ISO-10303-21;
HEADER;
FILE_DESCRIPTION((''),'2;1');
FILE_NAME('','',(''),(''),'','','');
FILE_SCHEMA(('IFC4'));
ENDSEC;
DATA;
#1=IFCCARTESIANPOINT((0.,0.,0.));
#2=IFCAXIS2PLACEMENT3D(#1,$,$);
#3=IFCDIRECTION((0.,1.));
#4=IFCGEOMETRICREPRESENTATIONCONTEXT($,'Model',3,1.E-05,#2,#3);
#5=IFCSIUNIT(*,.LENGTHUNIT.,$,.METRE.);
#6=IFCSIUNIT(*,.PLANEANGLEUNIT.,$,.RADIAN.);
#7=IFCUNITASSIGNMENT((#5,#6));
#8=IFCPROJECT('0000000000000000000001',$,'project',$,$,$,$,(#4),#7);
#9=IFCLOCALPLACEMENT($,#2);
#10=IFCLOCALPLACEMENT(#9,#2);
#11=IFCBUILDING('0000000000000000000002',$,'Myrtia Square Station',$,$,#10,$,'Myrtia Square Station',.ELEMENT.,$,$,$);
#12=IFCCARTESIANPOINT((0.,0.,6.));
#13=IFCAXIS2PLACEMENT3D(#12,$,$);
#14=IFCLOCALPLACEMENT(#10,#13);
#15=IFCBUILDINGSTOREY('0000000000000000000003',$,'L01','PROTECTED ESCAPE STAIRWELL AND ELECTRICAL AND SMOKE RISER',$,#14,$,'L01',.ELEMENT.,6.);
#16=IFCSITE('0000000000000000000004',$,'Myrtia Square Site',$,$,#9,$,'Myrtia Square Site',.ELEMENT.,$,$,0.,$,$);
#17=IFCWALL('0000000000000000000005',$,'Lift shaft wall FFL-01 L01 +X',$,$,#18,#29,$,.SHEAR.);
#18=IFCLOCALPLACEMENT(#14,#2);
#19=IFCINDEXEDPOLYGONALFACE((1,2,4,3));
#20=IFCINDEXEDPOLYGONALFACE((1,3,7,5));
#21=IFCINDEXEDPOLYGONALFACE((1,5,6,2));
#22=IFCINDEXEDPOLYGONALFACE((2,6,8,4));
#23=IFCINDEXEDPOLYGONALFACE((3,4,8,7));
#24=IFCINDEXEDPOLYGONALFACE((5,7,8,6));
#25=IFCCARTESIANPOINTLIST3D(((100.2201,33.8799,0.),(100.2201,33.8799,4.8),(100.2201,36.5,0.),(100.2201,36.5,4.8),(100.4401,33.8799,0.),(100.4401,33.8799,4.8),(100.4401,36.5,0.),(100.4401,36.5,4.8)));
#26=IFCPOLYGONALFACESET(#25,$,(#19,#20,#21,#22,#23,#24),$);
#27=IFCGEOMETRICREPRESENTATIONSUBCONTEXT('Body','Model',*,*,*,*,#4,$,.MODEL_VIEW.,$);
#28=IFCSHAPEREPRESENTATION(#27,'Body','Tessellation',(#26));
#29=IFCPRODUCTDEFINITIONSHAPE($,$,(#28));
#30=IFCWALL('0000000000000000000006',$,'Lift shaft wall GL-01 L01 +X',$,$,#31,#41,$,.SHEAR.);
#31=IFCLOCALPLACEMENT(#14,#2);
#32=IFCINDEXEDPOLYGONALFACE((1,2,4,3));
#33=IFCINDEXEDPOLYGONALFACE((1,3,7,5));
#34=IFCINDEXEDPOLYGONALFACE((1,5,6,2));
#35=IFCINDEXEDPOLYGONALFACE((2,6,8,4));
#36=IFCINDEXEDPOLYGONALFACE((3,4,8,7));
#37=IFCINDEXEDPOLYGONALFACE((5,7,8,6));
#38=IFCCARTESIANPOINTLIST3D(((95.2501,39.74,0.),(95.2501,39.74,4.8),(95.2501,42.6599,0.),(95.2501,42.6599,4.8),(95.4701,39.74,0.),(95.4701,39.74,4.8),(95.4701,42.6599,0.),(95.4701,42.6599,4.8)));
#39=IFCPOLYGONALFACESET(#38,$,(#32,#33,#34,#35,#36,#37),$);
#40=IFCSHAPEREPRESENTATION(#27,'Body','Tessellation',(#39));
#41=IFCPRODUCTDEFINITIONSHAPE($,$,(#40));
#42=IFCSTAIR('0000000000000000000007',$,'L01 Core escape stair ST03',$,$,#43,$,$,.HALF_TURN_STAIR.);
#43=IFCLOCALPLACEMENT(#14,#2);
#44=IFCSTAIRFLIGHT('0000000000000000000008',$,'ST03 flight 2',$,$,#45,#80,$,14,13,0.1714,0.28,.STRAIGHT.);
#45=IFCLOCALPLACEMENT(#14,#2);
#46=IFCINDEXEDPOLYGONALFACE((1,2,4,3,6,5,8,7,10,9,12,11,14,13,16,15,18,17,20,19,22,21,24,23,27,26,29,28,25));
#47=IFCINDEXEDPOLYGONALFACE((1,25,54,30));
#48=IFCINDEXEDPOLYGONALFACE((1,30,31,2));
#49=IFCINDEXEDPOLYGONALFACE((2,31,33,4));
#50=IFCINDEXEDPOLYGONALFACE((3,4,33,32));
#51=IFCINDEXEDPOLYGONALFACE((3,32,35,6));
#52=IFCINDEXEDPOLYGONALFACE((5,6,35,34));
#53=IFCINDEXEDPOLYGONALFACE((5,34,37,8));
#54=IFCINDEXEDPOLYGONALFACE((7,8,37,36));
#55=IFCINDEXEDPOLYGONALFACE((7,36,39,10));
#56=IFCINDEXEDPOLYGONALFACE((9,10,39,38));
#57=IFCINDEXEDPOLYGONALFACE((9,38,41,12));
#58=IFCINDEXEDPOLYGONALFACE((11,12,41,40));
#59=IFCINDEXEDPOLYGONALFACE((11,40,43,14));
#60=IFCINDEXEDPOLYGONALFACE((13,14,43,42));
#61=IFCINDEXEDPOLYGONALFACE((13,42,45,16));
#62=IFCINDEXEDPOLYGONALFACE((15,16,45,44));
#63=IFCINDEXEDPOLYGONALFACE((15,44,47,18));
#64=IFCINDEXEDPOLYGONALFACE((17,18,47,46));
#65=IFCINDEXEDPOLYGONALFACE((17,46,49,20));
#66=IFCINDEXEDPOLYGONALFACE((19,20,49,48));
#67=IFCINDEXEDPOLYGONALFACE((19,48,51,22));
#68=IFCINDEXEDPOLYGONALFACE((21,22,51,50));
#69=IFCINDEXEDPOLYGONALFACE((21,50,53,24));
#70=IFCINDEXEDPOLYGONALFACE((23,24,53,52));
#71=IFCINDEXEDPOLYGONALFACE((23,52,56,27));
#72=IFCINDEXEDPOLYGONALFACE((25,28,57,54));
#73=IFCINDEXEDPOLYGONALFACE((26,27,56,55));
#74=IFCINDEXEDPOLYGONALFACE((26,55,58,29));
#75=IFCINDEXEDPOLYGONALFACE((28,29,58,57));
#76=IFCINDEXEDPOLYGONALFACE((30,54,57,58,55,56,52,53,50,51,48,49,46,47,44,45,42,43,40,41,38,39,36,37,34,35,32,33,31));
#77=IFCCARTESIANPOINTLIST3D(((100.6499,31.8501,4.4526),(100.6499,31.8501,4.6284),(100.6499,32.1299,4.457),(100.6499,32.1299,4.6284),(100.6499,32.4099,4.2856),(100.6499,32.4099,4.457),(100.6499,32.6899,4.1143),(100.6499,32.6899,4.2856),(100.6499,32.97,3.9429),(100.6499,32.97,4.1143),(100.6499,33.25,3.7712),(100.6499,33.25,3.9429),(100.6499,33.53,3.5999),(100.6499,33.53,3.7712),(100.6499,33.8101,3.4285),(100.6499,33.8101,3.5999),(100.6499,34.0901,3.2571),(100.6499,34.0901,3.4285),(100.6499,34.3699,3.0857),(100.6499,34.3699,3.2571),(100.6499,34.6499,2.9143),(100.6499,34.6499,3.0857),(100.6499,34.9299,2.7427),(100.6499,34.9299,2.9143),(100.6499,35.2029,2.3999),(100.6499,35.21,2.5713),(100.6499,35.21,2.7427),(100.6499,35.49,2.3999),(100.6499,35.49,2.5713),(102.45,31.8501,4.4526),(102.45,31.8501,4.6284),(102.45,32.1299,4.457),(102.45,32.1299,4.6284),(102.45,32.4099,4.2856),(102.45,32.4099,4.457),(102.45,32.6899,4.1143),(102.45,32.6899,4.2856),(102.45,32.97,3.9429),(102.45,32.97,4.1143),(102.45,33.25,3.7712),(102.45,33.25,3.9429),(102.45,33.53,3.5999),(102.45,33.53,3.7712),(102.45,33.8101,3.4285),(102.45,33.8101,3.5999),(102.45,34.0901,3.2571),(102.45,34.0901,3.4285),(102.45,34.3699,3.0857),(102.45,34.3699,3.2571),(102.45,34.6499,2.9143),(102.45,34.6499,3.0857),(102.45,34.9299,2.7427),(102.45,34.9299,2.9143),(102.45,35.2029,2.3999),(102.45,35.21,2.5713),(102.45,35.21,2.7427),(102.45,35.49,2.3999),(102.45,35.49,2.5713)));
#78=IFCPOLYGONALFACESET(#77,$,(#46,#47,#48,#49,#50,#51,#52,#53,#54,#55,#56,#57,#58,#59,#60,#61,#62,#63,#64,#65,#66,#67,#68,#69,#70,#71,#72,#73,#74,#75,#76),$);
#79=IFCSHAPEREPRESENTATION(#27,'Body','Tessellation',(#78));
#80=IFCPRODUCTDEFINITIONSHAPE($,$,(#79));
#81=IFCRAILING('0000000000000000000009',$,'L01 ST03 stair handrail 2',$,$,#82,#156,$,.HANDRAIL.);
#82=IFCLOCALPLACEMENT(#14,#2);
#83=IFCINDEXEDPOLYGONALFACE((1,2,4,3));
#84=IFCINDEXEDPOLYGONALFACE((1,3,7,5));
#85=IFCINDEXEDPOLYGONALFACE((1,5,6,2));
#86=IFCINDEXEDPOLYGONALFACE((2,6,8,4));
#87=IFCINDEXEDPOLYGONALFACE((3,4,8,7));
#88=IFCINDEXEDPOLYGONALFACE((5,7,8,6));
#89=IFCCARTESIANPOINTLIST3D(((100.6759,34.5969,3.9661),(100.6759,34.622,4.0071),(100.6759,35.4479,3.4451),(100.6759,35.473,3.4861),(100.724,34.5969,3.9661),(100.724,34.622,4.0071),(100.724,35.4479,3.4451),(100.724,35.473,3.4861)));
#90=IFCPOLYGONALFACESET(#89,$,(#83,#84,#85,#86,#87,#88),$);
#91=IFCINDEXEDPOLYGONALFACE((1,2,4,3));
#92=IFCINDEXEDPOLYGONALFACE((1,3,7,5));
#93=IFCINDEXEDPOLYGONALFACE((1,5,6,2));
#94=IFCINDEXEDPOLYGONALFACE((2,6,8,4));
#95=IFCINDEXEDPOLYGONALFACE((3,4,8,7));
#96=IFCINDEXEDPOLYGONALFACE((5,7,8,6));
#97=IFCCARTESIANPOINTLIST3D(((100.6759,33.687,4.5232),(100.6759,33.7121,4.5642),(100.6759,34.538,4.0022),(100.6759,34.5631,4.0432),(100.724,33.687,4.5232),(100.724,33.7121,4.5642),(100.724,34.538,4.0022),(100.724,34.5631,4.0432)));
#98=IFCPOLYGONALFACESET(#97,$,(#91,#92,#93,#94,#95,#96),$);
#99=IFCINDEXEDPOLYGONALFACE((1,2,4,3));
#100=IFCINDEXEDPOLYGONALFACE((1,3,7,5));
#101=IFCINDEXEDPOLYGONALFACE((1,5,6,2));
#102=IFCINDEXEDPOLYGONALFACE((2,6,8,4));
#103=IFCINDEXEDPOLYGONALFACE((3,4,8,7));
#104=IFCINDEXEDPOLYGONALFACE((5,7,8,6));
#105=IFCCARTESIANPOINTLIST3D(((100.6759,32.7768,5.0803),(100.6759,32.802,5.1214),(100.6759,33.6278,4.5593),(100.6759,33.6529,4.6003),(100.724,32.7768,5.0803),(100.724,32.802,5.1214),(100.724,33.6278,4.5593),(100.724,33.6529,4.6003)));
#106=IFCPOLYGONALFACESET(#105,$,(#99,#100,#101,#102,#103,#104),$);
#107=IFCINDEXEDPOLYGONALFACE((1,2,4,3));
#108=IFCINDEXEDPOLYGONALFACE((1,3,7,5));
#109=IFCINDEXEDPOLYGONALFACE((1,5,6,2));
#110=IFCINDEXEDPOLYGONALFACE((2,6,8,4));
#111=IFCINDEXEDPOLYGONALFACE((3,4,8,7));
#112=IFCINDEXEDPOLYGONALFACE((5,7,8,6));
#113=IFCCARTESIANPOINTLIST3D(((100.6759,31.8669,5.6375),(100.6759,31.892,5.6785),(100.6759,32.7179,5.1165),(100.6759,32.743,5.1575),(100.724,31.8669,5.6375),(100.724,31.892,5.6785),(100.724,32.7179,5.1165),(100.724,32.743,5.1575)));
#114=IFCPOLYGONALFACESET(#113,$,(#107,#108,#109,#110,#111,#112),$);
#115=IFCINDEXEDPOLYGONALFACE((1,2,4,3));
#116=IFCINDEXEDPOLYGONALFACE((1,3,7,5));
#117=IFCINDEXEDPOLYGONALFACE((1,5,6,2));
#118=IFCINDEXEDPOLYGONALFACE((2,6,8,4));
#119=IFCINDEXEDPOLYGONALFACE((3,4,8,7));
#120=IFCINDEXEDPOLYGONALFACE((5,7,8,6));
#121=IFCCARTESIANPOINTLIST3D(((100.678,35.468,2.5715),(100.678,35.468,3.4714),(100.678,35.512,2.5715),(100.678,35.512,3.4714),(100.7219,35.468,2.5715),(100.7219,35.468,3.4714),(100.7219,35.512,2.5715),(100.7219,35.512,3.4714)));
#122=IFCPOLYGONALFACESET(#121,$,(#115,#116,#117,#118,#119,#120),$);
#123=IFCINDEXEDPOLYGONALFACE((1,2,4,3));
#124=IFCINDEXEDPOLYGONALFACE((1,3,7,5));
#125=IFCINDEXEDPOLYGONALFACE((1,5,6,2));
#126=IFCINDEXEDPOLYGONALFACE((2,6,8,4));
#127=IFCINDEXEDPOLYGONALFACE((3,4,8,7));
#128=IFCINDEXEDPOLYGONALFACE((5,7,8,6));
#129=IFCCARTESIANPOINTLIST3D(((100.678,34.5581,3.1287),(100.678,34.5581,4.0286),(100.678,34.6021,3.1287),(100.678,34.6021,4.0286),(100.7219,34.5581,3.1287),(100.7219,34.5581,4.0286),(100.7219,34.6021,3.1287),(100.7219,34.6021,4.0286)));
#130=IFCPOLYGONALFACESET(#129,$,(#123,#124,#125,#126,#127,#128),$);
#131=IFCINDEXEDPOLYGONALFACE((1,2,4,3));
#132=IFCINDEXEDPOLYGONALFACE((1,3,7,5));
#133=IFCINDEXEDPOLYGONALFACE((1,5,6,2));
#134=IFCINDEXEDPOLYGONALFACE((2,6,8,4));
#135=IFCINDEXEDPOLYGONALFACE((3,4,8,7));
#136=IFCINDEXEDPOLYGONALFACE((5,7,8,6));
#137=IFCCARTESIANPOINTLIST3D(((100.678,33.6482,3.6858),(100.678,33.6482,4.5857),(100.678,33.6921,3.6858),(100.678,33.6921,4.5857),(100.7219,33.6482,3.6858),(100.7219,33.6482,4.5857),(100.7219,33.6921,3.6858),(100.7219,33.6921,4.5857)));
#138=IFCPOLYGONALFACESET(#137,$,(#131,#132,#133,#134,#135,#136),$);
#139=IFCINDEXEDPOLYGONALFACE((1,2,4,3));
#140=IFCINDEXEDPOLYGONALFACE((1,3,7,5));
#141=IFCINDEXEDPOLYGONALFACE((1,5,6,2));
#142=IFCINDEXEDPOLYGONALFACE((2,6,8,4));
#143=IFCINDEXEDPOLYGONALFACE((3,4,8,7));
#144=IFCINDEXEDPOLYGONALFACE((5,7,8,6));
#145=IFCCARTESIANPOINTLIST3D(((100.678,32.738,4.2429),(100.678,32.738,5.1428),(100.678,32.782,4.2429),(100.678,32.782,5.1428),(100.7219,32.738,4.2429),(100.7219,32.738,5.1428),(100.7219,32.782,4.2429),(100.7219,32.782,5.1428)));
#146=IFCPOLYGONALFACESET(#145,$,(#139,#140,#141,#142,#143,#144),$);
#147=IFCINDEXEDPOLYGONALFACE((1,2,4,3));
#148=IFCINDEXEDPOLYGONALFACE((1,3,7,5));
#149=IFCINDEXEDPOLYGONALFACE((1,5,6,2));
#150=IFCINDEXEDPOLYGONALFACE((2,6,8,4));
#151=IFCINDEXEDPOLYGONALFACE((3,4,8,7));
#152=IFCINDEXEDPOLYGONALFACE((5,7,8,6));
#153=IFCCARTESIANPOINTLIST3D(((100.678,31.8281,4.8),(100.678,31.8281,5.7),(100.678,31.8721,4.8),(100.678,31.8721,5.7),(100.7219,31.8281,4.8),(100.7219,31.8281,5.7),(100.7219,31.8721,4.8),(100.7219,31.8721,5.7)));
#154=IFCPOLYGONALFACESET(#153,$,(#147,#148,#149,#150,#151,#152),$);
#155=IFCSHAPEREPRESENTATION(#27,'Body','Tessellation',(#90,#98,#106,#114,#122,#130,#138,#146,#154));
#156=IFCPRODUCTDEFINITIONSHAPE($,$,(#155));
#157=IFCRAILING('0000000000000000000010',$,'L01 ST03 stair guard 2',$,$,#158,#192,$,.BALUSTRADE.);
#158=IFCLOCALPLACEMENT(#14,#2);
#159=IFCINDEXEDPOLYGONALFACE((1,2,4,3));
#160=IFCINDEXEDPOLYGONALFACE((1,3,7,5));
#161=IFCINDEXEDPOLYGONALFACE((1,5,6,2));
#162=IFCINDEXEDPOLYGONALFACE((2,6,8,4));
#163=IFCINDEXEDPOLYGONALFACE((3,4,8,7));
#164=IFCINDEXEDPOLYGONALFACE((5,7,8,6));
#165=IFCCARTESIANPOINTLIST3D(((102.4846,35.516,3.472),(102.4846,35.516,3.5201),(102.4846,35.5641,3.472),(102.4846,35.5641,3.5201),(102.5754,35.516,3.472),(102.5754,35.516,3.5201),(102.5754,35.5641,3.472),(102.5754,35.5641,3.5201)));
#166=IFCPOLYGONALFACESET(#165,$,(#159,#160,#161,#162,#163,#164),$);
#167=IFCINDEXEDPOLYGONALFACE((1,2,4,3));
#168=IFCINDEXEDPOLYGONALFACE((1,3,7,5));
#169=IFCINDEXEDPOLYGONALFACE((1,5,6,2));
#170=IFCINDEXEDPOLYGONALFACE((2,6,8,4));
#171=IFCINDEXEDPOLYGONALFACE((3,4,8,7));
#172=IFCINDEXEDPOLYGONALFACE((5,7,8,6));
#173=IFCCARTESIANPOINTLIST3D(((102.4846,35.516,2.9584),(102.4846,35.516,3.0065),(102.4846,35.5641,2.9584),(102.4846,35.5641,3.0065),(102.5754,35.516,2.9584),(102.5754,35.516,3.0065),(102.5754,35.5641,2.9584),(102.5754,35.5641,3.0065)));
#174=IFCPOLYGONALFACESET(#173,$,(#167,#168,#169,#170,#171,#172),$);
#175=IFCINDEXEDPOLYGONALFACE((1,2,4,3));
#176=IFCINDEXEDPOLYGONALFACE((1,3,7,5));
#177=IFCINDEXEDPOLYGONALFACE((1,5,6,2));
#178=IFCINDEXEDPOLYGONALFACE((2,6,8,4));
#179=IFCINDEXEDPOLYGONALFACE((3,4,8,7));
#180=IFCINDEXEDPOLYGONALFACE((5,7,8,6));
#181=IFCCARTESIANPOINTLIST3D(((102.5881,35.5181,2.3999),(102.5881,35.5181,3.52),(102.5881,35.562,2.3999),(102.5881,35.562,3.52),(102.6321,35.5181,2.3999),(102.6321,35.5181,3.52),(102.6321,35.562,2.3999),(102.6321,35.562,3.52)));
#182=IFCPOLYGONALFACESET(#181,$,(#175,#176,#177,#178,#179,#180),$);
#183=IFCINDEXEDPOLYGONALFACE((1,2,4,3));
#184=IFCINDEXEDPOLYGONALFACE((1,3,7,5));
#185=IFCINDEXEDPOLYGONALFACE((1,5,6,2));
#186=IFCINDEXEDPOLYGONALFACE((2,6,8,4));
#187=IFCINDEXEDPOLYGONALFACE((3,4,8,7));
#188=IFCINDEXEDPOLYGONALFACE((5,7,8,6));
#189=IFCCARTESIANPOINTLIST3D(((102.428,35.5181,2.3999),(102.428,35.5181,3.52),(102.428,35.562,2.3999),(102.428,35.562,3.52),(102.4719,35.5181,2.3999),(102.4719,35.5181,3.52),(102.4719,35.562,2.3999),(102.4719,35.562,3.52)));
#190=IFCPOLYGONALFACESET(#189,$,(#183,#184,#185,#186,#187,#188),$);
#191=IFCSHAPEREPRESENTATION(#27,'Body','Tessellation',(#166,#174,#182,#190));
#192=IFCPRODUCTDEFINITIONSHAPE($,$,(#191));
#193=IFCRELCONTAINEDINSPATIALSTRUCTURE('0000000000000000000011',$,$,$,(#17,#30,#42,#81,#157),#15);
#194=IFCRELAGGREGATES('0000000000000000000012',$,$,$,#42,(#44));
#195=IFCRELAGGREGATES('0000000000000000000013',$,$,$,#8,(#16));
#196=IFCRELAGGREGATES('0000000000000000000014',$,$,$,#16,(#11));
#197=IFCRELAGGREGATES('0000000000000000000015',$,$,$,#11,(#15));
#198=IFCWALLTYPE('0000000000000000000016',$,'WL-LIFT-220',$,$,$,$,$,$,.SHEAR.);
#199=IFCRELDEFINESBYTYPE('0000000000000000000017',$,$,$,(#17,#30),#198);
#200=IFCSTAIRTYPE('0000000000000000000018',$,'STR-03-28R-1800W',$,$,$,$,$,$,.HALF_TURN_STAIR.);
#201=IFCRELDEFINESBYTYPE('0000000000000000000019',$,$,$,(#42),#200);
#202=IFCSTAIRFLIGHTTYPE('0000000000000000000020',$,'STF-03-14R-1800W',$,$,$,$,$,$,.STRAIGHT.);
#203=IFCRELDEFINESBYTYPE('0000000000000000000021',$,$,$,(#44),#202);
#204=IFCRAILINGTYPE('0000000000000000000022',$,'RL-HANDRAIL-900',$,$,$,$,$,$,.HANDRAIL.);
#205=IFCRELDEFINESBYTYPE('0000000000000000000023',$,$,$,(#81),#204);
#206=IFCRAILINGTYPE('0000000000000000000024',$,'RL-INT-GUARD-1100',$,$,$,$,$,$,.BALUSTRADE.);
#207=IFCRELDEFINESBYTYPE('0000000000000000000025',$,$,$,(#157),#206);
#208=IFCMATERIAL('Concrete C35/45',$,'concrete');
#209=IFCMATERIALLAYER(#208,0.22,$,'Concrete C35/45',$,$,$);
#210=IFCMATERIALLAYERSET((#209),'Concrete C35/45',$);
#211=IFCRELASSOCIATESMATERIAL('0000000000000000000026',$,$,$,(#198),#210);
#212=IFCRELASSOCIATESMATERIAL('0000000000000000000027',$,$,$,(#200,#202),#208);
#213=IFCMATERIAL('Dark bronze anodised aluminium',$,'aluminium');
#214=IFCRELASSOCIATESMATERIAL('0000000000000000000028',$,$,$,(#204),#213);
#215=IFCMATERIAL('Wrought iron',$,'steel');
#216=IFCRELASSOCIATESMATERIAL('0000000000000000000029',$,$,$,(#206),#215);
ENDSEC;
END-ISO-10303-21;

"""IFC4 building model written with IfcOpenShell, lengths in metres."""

from ifc_helpers import new_model, si_unit, direction, frame, frame_2d, origin, origin_2d, place, context, subcontext, project, spatial, polyline, rectangle, outline, extrude, material, layer, layer_set, type_object, element, aggregate, save


model = new_model("IFC4")

# Units and contexts
model_context = context("Model", 3, precision=1e-05, world=origin(), true_north=direction((0.0, 1.0)))
body_context = subcontext(model_context, "Body", "Model", "MODEL_VIEW")
ifc_project = project(units=[si_unit("LENGTHUNIT", "METRE"), si_unit("PLANEANGLEUNIT", "RADIAN")], contexts=[model_context])

# Site, building, storey
site_placement = place(None, origin())
site = spatial("IfcSite", under=ifc_project, at=site_placement, Name="Myrtia Square Site", LongName="Myrtia Square Site", CompositionType="ELEMENT", RefElevation=0.0)
building_placement = place(site_placement, origin())
building = spatial("IfcBuilding", under=site, at=building_placement, Name="Myrtia Square Station", LongName="Myrtia Square Station", CompositionType="ELEMENT")
storey_placement = place(building_placement, frame((0.0, 0.0, 6.0)))
storey = spatial("IfcBuildingStorey", under=building, at=storey_placement, Name="L01", Description="PROTECTED ESCAPE STAIRWELL AND ELECTRICAL AND SMOKE RISER", LongName="L01", CompositionType="ELEMENT", Elevation=6.0)

# Shared definitions
ifc_material_1 = material(Name="Dark bronze anodised aluminium", Category="aluminium")

# Walls
ifc_material_2 = material(Name="Concrete C35/45", Category="concrete")
ifc_layer_1 = layer(ifc_material_2, 0.22, Name="Concrete C35/45")
ifc_layer_set_1 = layer_set([ifc_layer_1], Name="Concrete C35/45")
wall_type_1 = type_object("IfcWallType", Name="WL-LIFT-220", PredefinedType="SHEAR", material=ifc_layer_set_1)
for number, where, z_axis, x_axis, name in (
    (1, (100.3301, 33.8799, 0.0), (0.0, 0.0, 1.0), (0.0, 1.0, 0.0), "Lift shaft wall FFL-01 L01 +X"),
):
    element("IfcWall", number, at=place(storey_placement, frame(where, z_axis=z_axis, x_axis=x_axis)), inside=storey, type_object=wall_type_1, Name=name, PredefinedType="SHEAR", context=body_context, shape_type="SweptSolid", body=[
        extrude(rectangle(XDim=2.6201, YDim=0.22, at=frame_2d((1.3101, 0.0))), origin(), (0.0, 0.0, 1.0), 4.8),
    ])
wall_1_placement = place(storey_placement, frame((95.3601, 39.74, 0.0), z_axis=(0.0, 0.0, 1.0), x_axis=(0.0, 1.0, 0.0)))
element("IfcWall", 2, at=wall_1_placement, inside=storey, type_object=wall_type_1, Name="Lift shaft wall GL-01 L01 +X", PredefinedType="SHEAR", context=body_context, shape_type="SweptSolid", body=[
    extrude(rectangle(XDim=2.9199, YDim=0.22, at=frame_2d((1.46, 0.0))), origin(), (0.0, 0.0, 1.0), 4.8),
])

# Stair, stair flight
stair_type = type_object("IfcStairType", Name="STR-03-28R-1800W", PredefinedType="HALF_TURN_STAIR", material=ifc_material_2)
stair_placement = place(storey_placement, origin())
stair = element("IfcStair", 3, at=stair_placement, inside=storey, type_object=stair_type, Name="L01 Core escape stair ST03", PredefinedType="HALF_TURN_STAIR")
stair_flight_type = type_object("IfcStairFlightType", Name="STF-03-14R-1800W", PredefinedType="STRAIGHT", material=ifc_material_2)
stair_flight_placement = place(storey_placement, frame((101.55, 35.49, 2.3999), z_axis=(0.0, 0.0, 1.0), x_axis=(0.0, -1.0, 0.0)))
stair_flight = element("IfcStairFlight", 4, at=stair_flight_placement, type_object=stair_flight_type, Name="ST03 flight 2", NumberOfRisers=14, NumberOfTreads=13, PredefinedType="STRAIGHT", RiserHeight=0.1714, TreadLength=0.28, context=body_context, shape_type="SweptSolid", body=[
    extrude(outline(polyline([(0.0, 0.0), (0.0, 0.1714), (0.28, 0.1714), (0.28, 0.3428), (0.5601, 0.3428), (0.5601, 0.5144), (0.8401, 0.5144), (0.8401, 0.6858), (1.1201, 0.6858), (1.1201, 0.8572), (1.3999, 0.8572), (1.3999, 1.0286), (1.6799, 1.0286), (1.6799, 1.2), (1.96, 1.2), (1.96, 1.3713), (2.24, 1.3713), (2.24, 1.543), (2.52, 1.543), (2.52, 1.7144), (2.8, 1.7144), (2.8, 1.8857), (3.0801, 1.8857), (3.0801, 2.0571), (3.3601, 2.0571), (3.3601, 2.2285), (3.6399, 2.2285), (3.6399, 2.3999), (3.6399, 2.0527), (0.2871, 0.0), (0.0, 0.0)])), frame((0.0, 0.8999, 0.0), z_axis=(0.0, -1.0, 0.0), x_axis=(1.0, 0.0, 0.0)), (0.0, 0.0, 1.0), 1.8),
])
aggregate(stair, [stair_flight])

# Railings
railing_type_1 = type_object("IfcRailingType", Name="RL-HANDRAIL-900", PredefinedType="HANDRAIL", material=ifc_material_1)
railing_1_placement = place(storey_placement, frame((100.7, 35.49, 2.5715)))
element("IfcRailing", 5, at=railing_1_placement, inside=storey, type_object=railing_type_1, Name="L01 ST03 stair handrail 2", PredefinedType="HANDRAIL", context=body_context, shape_type="SweptSolid", body=[
    extrude(rectangle(XDim=0.0481, YDim=0.0481, at=origin_2d()), frame((0.0, -0.0295, 0.894), z_axis=(0.0, -0.85285, 0.522156), x_axis=(1.0, 0.0, 0.0)), (0.0, 0.0, 1.0), 0.9978),
    extrude(rectangle(XDim=0.0481, YDim=0.0481, at=origin_2d()), frame((0.0, -0.9395, 1.4512), z_axis=(0.0, -0.85285, 0.522156), x_axis=(1.0, 0.0, 0.0)), (0.0, 0.0, 1.0), 0.9978),
    extrude(rectangle(XDim=0.0481, YDim=0.0481, at=origin_2d()), frame((0.0, -1.8496, 2.0083), z_axis=(0.0, -0.85285, 0.522156), x_axis=(1.0, 0.0, 0.0)), (0.0, 0.0, 1.0), 0.9978),
    extrude(rectangle(XDim=0.0481, YDim=0.0481, at=origin_2d()), frame((0.0, -2.7595, 2.5654), z_axis=(0.0, -0.85285, 0.522156), x_axis=(1.0, 0.0, 0.0)), (0.0, 0.0, 1.0), 0.9978),
    extrude(rectangle(XDim=0.0439, YDim=0.0439, at=origin_2d()), origin(), (0.0, 0.0, 1.0), 0.8999),
    extrude(rectangle(XDim=0.0439, YDim=0.0439, at=origin_2d()), frame((0.0, -0.9099, 0.5571)), (0.0, 0.0, 1.0), 0.8999),
    extrude(rectangle(XDim=0.0439, YDim=0.0439, at=origin_2d()), frame((0.0, -1.8198, 1.1143)), (0.0, 0.0, 1.0), 0.8999),
    extrude(rectangle(XDim=0.0439, YDim=0.0439, at=origin_2d()), frame((0.0, -2.73, 1.6714)), (0.0, 0.0, 1.0), 0.8999),
    extrude(rectangle(XDim=0.0439, YDim=0.0439, at=origin_2d()), frame((0.0, -3.6399, 2.2285)), (0.0, 0.0, 1.0), 0.8999),
])
ifc_material_3 = material(Name="Wrought iron", Category="steel")
railing_type_2 = type_object("IfcRailingType", Name="RL-INT-GUARD-1100", PredefinedType="BALUSTRADE", material=ifc_material_3)
railing_2_placement = place(storey_placement, frame((102.6101, 35.54, 2.3999)))
element("IfcRailing", 6, at=railing_2_placement, inside=storey, type_object=railing_type_2, Name="L01 ST03 stair guard 2", PredefinedType="BALUSTRADE", context=body_context, shape_type="SweptSolid", body=[
    extrude(rectangle(XDim=0.0481, YDim=0.0481, at=origin_2d()), frame((-0.0347, 0.0, 1.0962), z_axis=(-1.0, 0.0, 0.0), x_axis=(0.0, -1.0, 0.0)), (0.0, 0.0, 1.0), 0.0908),
    extrude(rectangle(XDim=0.0481, YDim=0.0481, at=origin_2d()), frame((-0.0347, 0.0, 0.5825), z_axis=(-1.0, 0.0, 0.0), x_axis=(0.0, -1.0, 0.0)), (0.0, 0.0, 1.0), 0.0908),
    extrude(rectangle(XDim=0.0439, YDim=0.0439, at=origin_2d()), origin(), (0.0, 0.0, 1.0), 1.1201),
    extrude(rectangle(XDim=0.0439, YDim=0.0439, at=origin_2d()), frame((-0.1602, 0.0, 0.0)), (0.0, 0.0, 1.0), 1.1201),
])

save(model, "model.ifc")
